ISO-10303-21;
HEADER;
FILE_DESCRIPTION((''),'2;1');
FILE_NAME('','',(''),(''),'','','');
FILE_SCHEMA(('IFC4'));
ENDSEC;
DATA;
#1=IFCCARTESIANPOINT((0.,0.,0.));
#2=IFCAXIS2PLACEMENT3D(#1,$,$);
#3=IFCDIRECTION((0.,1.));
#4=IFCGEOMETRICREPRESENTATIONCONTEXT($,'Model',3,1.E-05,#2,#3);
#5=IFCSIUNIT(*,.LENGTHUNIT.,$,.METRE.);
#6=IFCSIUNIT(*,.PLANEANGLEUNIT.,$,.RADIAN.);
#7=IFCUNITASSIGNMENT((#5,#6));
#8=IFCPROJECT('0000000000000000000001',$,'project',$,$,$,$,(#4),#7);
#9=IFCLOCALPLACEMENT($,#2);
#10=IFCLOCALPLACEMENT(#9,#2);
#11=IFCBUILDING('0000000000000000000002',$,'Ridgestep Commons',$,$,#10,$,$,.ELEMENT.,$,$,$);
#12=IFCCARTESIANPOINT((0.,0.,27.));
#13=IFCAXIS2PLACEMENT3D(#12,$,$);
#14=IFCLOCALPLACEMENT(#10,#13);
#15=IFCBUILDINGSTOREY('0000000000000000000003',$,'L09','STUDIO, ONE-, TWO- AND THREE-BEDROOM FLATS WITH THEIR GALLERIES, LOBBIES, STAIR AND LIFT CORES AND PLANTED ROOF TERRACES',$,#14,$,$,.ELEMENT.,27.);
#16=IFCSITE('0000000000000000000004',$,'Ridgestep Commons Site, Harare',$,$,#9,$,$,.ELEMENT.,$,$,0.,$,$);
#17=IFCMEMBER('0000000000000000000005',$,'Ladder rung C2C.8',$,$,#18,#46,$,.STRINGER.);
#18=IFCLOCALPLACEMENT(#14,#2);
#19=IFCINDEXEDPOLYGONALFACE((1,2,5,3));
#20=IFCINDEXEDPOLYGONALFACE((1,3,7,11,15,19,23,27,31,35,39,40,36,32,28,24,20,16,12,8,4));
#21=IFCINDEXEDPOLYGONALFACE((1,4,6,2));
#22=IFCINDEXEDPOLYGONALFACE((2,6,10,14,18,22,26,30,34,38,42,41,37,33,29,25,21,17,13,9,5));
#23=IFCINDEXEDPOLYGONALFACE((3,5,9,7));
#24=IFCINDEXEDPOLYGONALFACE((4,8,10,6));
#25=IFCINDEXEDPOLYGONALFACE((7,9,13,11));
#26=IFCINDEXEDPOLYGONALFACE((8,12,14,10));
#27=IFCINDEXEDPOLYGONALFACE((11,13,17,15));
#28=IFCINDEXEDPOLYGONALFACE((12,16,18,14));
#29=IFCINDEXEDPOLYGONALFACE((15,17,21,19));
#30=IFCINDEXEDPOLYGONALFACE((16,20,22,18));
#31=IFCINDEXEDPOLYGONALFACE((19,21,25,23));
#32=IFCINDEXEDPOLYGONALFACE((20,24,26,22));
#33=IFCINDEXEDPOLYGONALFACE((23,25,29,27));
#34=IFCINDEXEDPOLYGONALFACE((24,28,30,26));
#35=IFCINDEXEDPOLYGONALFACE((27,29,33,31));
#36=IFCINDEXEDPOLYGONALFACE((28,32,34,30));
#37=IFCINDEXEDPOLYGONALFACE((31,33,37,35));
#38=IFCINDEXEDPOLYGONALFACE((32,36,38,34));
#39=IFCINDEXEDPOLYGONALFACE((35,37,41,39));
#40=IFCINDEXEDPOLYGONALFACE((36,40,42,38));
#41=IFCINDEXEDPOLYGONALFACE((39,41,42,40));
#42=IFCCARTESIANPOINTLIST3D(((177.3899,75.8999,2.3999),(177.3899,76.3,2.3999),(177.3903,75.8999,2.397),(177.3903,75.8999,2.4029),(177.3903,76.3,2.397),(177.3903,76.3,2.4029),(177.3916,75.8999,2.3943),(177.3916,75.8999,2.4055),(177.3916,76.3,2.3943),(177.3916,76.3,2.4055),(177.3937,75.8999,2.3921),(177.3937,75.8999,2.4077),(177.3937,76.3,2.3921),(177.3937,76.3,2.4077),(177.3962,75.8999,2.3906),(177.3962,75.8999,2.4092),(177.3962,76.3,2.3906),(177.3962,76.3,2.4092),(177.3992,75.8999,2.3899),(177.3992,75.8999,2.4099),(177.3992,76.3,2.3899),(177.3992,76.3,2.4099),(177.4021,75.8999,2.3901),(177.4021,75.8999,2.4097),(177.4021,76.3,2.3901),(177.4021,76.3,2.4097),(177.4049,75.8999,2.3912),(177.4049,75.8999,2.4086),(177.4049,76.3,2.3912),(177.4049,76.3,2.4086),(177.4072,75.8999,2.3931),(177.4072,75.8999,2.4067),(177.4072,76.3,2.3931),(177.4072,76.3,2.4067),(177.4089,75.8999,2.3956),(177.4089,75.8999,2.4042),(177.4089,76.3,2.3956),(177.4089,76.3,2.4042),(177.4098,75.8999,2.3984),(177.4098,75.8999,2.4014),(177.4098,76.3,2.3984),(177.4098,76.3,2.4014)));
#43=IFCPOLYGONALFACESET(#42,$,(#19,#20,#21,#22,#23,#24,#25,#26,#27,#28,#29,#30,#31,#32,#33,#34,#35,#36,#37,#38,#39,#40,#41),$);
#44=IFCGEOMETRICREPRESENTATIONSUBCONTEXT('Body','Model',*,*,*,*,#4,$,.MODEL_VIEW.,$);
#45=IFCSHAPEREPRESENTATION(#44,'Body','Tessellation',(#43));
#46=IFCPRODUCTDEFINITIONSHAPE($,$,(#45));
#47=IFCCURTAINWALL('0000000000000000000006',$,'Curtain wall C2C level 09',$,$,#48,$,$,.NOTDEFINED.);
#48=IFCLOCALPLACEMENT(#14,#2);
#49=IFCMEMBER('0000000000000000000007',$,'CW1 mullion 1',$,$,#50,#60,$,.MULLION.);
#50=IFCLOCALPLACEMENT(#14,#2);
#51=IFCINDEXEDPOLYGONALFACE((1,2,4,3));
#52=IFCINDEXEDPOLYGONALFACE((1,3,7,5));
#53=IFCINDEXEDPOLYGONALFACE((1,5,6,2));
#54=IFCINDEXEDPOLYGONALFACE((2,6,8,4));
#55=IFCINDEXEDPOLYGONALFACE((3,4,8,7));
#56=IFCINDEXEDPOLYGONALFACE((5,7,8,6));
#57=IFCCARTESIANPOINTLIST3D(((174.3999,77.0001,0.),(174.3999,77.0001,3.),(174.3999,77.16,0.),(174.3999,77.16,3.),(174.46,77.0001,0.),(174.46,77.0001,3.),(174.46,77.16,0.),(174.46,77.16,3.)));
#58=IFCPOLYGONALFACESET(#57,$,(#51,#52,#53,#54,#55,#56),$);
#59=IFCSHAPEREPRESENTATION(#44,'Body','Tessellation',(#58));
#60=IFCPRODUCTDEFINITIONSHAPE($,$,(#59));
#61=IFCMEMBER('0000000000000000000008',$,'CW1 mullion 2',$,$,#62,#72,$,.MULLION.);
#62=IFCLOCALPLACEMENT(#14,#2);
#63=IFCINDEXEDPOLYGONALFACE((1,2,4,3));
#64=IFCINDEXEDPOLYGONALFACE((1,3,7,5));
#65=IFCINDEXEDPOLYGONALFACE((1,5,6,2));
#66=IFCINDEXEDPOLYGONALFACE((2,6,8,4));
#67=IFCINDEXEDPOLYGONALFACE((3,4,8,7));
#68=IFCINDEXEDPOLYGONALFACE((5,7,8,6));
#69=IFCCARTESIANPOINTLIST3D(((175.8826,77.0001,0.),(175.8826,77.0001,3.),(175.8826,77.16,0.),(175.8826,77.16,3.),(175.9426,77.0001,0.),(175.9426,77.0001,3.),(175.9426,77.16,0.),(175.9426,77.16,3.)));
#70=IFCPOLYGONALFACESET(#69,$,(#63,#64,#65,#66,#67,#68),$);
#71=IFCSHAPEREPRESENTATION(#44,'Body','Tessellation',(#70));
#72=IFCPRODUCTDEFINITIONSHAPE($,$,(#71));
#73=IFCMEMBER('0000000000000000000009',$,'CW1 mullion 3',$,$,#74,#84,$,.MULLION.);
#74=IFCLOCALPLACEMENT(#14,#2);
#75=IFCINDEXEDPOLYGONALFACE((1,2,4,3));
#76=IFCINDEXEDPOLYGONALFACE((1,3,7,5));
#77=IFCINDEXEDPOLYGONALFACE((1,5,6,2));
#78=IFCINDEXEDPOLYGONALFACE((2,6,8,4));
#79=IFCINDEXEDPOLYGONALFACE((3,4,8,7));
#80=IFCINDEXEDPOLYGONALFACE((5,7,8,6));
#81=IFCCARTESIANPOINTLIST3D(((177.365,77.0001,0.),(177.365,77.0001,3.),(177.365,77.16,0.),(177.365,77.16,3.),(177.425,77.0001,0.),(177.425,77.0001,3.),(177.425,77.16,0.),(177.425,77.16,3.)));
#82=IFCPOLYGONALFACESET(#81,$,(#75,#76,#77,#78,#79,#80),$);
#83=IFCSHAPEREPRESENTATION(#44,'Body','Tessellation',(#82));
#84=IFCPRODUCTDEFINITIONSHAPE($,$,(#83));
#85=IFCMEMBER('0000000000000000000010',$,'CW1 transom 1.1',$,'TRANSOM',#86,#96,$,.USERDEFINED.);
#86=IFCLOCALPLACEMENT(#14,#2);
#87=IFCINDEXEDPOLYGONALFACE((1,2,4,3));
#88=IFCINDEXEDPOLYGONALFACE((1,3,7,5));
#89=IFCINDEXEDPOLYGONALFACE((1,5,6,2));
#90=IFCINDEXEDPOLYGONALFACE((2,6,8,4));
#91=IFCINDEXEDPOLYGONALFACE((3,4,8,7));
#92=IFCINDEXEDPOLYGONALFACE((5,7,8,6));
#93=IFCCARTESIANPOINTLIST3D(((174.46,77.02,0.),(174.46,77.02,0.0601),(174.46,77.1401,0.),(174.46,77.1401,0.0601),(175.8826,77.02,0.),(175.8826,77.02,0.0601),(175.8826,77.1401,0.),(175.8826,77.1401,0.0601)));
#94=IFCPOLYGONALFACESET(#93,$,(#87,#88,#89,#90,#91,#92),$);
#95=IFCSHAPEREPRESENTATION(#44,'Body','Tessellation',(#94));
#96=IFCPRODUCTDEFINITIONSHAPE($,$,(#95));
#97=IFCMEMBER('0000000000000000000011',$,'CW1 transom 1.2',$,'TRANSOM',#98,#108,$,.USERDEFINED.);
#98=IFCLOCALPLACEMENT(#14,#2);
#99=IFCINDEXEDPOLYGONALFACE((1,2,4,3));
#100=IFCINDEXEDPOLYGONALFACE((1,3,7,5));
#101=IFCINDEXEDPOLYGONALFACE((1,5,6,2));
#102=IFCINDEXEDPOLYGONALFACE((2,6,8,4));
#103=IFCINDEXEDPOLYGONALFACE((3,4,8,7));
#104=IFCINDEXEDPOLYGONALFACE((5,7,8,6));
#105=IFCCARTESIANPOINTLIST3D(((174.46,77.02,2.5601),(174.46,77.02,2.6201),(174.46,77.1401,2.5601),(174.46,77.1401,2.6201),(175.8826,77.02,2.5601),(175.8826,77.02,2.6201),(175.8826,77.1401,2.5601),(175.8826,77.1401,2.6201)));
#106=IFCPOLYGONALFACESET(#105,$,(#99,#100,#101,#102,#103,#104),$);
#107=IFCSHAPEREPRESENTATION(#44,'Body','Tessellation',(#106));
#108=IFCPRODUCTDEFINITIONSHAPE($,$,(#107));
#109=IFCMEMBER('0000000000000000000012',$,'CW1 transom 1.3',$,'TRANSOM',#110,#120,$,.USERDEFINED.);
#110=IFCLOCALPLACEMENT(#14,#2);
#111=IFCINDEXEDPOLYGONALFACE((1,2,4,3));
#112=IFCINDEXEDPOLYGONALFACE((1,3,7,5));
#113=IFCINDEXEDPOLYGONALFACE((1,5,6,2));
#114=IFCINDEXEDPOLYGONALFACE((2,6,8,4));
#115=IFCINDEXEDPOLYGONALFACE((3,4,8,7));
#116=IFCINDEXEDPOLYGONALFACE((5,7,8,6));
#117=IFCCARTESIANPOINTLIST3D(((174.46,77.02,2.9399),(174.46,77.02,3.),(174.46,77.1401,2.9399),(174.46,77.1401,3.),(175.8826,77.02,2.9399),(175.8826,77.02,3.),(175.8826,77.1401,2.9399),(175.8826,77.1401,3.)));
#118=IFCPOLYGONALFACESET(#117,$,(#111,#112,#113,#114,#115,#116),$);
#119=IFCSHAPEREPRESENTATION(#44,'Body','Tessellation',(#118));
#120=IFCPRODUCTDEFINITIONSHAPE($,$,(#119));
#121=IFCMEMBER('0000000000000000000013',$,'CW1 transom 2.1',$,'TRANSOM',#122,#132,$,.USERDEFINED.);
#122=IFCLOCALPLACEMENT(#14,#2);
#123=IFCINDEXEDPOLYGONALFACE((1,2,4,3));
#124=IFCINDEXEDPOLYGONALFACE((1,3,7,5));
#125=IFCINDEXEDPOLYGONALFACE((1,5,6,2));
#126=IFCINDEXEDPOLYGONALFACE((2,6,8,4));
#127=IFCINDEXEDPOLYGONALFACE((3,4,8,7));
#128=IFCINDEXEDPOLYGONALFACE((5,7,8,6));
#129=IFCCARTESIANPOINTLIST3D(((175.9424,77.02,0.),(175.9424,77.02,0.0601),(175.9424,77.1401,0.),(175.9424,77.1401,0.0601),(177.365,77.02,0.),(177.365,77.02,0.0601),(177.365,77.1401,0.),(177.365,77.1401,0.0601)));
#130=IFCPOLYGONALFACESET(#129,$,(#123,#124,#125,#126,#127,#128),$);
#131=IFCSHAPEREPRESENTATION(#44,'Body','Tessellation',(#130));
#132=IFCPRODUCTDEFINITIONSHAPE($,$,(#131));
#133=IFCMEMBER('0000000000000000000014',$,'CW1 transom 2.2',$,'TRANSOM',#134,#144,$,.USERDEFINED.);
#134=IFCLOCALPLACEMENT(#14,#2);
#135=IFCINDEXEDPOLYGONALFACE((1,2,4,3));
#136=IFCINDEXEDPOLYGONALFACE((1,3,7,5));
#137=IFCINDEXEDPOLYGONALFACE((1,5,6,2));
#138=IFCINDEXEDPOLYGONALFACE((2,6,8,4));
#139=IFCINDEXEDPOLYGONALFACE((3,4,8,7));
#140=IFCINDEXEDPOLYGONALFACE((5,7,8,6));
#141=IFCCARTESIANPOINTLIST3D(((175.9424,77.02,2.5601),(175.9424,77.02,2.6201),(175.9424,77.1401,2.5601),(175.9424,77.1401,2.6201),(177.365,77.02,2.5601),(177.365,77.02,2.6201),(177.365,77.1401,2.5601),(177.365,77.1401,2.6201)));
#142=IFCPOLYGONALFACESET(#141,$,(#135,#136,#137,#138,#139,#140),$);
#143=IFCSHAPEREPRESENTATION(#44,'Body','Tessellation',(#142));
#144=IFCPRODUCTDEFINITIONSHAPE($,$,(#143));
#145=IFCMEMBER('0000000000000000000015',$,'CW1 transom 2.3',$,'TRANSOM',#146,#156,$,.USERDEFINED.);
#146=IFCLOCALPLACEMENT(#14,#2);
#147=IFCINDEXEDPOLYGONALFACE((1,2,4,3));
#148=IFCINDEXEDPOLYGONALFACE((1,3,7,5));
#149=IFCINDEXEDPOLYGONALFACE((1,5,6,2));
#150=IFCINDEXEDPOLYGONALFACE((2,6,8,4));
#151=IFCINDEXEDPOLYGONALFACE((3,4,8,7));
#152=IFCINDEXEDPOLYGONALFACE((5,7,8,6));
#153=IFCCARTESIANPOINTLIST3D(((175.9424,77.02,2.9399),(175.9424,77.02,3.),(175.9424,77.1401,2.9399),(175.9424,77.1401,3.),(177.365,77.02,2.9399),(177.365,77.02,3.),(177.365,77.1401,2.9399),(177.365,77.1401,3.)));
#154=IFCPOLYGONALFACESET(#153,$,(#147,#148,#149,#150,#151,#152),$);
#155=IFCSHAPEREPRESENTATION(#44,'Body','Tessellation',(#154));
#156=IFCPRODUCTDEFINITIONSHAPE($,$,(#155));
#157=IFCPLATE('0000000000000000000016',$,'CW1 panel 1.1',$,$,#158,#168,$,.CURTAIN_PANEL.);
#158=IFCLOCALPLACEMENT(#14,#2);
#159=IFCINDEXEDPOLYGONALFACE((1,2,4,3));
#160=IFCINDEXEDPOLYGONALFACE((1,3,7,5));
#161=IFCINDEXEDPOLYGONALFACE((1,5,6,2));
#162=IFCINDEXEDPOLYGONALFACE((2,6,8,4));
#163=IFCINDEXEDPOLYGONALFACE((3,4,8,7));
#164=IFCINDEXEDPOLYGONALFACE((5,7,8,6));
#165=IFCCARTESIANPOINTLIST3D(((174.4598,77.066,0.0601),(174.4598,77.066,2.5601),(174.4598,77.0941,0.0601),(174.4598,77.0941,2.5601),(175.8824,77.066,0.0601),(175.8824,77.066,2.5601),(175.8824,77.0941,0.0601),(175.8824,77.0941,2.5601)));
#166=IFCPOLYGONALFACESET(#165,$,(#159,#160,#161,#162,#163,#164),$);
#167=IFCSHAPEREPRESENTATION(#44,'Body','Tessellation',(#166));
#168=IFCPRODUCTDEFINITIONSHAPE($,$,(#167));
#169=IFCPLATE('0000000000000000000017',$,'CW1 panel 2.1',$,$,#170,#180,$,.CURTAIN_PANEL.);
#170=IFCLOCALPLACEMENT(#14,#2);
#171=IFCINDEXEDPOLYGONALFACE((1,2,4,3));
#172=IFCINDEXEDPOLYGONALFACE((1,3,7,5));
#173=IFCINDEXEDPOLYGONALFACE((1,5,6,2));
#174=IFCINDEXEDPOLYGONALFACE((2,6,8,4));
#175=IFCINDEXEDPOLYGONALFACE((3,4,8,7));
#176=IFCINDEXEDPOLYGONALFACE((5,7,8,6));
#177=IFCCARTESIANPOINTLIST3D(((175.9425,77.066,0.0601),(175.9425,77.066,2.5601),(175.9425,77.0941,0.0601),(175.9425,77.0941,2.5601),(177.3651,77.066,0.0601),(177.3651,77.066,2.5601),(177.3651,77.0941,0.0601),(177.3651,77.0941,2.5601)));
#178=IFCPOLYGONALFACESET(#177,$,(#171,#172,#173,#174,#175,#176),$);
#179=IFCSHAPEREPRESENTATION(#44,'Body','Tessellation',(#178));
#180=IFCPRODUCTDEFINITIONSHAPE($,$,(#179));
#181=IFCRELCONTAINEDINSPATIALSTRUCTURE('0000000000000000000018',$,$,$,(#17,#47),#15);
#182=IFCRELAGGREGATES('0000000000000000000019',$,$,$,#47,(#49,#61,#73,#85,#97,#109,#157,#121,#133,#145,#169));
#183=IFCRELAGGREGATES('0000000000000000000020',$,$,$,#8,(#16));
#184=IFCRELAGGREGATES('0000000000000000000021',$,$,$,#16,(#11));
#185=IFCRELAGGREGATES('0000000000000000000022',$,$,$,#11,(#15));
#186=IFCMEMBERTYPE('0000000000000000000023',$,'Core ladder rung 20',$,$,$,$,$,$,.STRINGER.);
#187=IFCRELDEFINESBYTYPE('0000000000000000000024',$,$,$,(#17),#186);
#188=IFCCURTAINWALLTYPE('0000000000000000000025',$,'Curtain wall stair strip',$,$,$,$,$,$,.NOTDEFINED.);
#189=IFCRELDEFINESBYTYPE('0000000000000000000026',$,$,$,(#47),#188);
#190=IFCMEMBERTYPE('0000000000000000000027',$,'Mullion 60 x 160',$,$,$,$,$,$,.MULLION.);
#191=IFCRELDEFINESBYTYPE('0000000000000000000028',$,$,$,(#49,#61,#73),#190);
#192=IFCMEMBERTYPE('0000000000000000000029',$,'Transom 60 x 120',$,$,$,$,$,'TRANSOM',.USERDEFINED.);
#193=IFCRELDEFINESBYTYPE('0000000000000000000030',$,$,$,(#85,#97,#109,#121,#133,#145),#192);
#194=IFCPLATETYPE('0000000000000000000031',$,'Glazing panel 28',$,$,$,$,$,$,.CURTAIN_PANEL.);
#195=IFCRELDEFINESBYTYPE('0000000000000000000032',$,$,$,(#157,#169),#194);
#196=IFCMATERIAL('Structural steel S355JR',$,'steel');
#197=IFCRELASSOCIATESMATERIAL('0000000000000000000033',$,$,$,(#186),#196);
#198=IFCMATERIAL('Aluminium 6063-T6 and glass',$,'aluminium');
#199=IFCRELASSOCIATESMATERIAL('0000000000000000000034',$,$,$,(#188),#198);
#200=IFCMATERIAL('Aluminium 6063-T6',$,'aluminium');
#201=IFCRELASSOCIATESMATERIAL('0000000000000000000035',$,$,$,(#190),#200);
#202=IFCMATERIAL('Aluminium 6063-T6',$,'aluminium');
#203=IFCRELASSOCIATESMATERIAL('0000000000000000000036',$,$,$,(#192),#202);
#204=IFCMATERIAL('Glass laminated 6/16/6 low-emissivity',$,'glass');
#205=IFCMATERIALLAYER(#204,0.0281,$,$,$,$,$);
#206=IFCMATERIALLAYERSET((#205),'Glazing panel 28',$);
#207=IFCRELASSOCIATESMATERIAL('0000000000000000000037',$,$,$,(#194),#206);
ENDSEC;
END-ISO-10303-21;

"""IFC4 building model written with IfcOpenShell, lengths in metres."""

from ifc_helpers import new_model, si_unit, direction, frame, origin, origin_2d, place, context, subcontext, project, spatial, rectangle, circle, extrude, material, layer, layer_set, material_profile, profile_set, type_object, element, aggregate, save


model = new_model("IFC4")

# Units and contexts
model_context = context("Model", 3, precision=1e-05, world=origin(), true_north=direction((0.0, 1.0)))
body_context = subcontext(model_context, "Body", "Model", "MODEL_VIEW")
ifc_project = project(units=[si_unit("LENGTHUNIT", "METRE"), si_unit("PLANEANGLEUNIT", "RADIAN")], contexts=[model_context])

# Site, building, storey
site_placement = place(None, origin())
site = spatial("IfcSite", under=ifc_project, at=site_placement, Name="Ridgestep Commons Site, Harare", CompositionType="ELEMENT", RefElevation=0.0)
building_placement = place(site_placement, origin())
building = spatial("IfcBuilding", under=site, at=building_placement, Name="Ridgestep Commons", CompositionType="ELEMENT")
storey_placement = place(building_placement, frame((0.0, 0.0, 27.0)))
storey = spatial("IfcBuildingStorey", under=building, at=storey_placement, Name="L09", Description="STUDIO, ONE-, TWO- AND THREE-BEDROOM FLATS WITH THEIR GALLERIES, LOBBIES, STAIR AND LIFT CORES AND PLANTED ROOF TERRACES", CompositionType="ELEMENT", Elevation=27.0)

# Member
ifc_material_1 = material(Name="Structural steel S355JR", Category="steel")
ifc_material_profile_1 = material_profile(ifc_material_1, circle(Radius=0.01, at=origin_2d()), Name="Round bar 20")
ifc_profile_set_1 = profile_set([ifc_material_profile_1], Name="Structural steel S355JR")
member_type_1 = type_object("IfcMemberType", Name="Core ladder rung 20", PredefinedType="STRINGER", material=ifc_profile_set_1)
for number, where, z_axis, x_axis, name in (
    (1, (177.3999, 75.8999, 2.3999), (0.0, 1.0, 0.0), (-1.0, 0.0, 0.0), "Ladder rung C2C.8"),
):
    element("IfcMember", number, at=place(storey_placement, frame(where, z_axis=z_axis, x_axis=x_axis)), inside=storey, type_object=member_type_1, Name=name, PredefinedType="STRINGER", context=body_context, shape_type="SweptSolid", body=[
        extrude(circle(Radius=0.01, at=origin_2d()), origin(), (0.0, 0.0, 1.0), 0.4001),
    ])

# Curtain wall, members, plates
ifc_material_2 = material(Name="Aluminium 6063-T6 and glass", Category="aluminium")
curtain_wall_type = type_object("IfcCurtainWallType", Name="Curtain wall stair strip", PredefinedType="NOTDEFINED", material=ifc_material_2)
curtain_wall_placement = place(storey_placement, origin())
curtain_wall = element("IfcCurtainWall", 2, at=curtain_wall_placement, inside=storey, type_object=curtain_wall_type, Name="Curtain wall C2C level 09", PredefinedType="NOTDEFINED")
ifc_material_3 = material(Name="Aluminium 6063-T6", Category="aluminium")
ifc_material_profile_2 = material_profile(ifc_material_3, rectangle(XDim=0.1599, YDim=0.0601, at=origin_2d()), Name="Mullion 60 x 160")
ifc_profile_set_2 = profile_set([ifc_material_profile_2], Name="Aluminium 6063-T6")
member_type_2 = type_object("IfcMemberType", Name="Mullion 60 x 160", PredefinedType="MULLION", material=ifc_profile_set_2)
member_1_placement = place(storey_placement, frame((174.4299, 77.0801, 0.0), z_axis=(0.0, 0.0, 1.0), x_axis=(0.0, 1.0, 0.0)))
member_1 = element("IfcMember", 3, at=member_1_placement, type_object=member_type_2, Name="CW1 mullion 1", PredefinedType="MULLION", context=body_context, shape_type="SweptSolid", body=[
    extrude(rectangle(XDim=0.1599, YDim=0.0601, at=origin_2d()), origin(), (0.0, 0.0, 1.0), 3.0),
])
member_2_placement = place(storey_placement, frame((175.9126, 77.0801, 0.0), z_axis=(0.0, 0.0, 1.0), x_axis=(0.0, 1.0, 0.0)))
member_2 = element("IfcMember", 4, at=member_2_placement, type_object=member_type_2, Name="CW1 mullion 2", PredefinedType="MULLION", context=body_context, shape_type="SweptSolid", body=[
    extrude(rectangle(XDim=0.1599, YDim=0.0601, at=origin_2d()), origin(), (0.0, 0.0, 1.0), 3.0),
])
member_3_placement = place(storey_placement, frame((177.395, 77.0801, 0.0), z_axis=(0.0, 0.0, 1.0), x_axis=(0.0, 1.0, 0.0)))
member_3 = element("IfcMember", 5, at=member_3_placement, type_object=member_type_2, Name="CW1 mullion 3", PredefinedType="MULLION", context=body_context, shape_type="SweptSolid", body=[
    extrude(rectangle(XDim=0.1599, YDim=0.0601, at=origin_2d()), origin(), (0.0, 0.0, 1.0), 3.0),
])
ifc_material_4 = material(Name="Aluminium 6063-T6", Category="aluminium")
ifc_material_profile_3 = material_profile(ifc_material_4, rectangle(XDim=0.1201, YDim=0.0601, at=origin_2d()), Name="Transom 60 x 120")
ifc_profile_set_3 = profile_set([ifc_material_profile_3], Name="Aluminium 6063-T6")
member_type_3 = type_object("IfcMemberType", Name="Transom 60 x 120", ElementType="TRANSOM", PredefinedType="USERDEFINED", material=ifc_profile_set_3)
member_4_placement = place(storey_placement, frame((174.46, 77.0801, 0.03), z_axis=(1.0, 0.0, 0.0), x_axis=(0.0, 1.0, 0.0)))
member_4 = element("IfcMember", 6, at=member_4_placement, type_object=member_type_3, Name="CW1 transom 1.1", ObjectType="TRANSOM", PredefinedType="USERDEFINED", context=body_context, shape_type="SweptSolid", body=[
    extrude(rectangle(XDim=0.1201, YDim=0.0601, at=origin_2d()), origin(), (0.0, 0.0, 1.0), 1.4226),
])
member_5_placement = place(storey_placement, frame((174.46, 77.0801, 2.5901), z_axis=(1.0, 0.0, 0.0), x_axis=(0.0, 1.0, 0.0)))
member_5 = element("IfcMember", 7, at=member_5_placement, type_object=member_type_3, Name="CW1 transom 1.2", ObjectType="TRANSOM", PredefinedType="USERDEFINED", context=body_context, shape_type="SweptSolid", body=[
    extrude(rectangle(XDim=0.1201, YDim=0.0601, at=origin_2d()), origin(), (0.0, 0.0, 1.0), 1.4226),
])
member_6_placement = place(storey_placement, frame((174.46, 77.0801, 2.97), z_axis=(1.0, 0.0, 0.0), x_axis=(0.0, 1.0, 0.0)))
member_6 = element("IfcMember", 8, at=member_6_placement, type_object=member_type_3, Name="CW1 transom 1.3", ObjectType="TRANSOM", PredefinedType="USERDEFINED", context=body_context, shape_type="SweptSolid", body=[
    extrude(rectangle(XDim=0.1201, YDim=0.0601, at=origin_2d()), origin(), (0.0, 0.0, 1.0), 1.4226),
])
member_7_placement = place(storey_placement, frame((175.9424, 77.0801, 0.03), z_axis=(1.0, 0.0, 0.0), x_axis=(0.0, 1.0, 0.0)))
member_7 = element("IfcMember", 9, at=member_7_placement, type_object=member_type_3, Name="CW1 transom 2.1", ObjectType="TRANSOM", PredefinedType="USERDEFINED", context=body_context, shape_type="SweptSolid", body=[
    extrude(rectangle(XDim=0.1201, YDim=0.0601, at=origin_2d()), origin(), (0.0, 0.0, 1.0), 1.4226),
])
member_8_placement = place(storey_placement, frame((175.9424, 77.0801, 2.5901), z_axis=(1.0, 0.0, 0.0), x_axis=(0.0, 1.0, 0.0)))
member_8 = element("IfcMember", 10, at=member_8_placement, type_object=member_type_3, Name="CW1 transom 2.2", ObjectType="TRANSOM", PredefinedType="USERDEFINED", context=body_context, shape_type="SweptSolid", body=[
    extrude(rectangle(XDim=0.1201, YDim=0.0601, at=origin_2d()), origin(), (0.0, 0.0, 1.0), 1.4226),
])
member_9_placement = place(storey_placement, frame((175.9424, 77.0801, 2.97), z_axis=(1.0, 0.0, 0.0), x_axis=(0.0, 1.0, 0.0)))
member_9 = element("IfcMember", 11, at=member_9_placement, type_object=member_type_3, Name="CW1 transom 2.3", ObjectType="TRANSOM", PredefinedType="USERDEFINED", context=body_context, shape_type="SweptSolid", body=[
    extrude(rectangle(XDim=0.1201, YDim=0.0601, at=origin_2d()), origin(), (0.0, 0.0, 1.0), 1.4226),
])
ifc_material_5 = material(Name="Glass laminated 6/16/6 low-emissivity", Category="glass")
ifc_layer_1 = layer(ifc_material_5, 0.0281)
ifc_layer_set_1 = layer_set([ifc_layer_1], Name="Glazing panel 28")
plate_type_1 = type_object("IfcPlateType", Name="Glazing panel 28", PredefinedType="CURTAIN_PANEL", material=ifc_layer_set_1)
plate_1_placement = place(storey_placement, frame((175.1711, 77.0801, 0.0601), z_axis=(0.0, 0.0, 1.0), x_axis=(1.0, 0.0, 0.0)))
plate_1 = element("IfcPlate", 12, at=plate_1_placement, type_object=plate_type_1, Name="CW1 panel 1.1", PredefinedType="CURTAIN_PANEL", context=body_context, shape_type="SweptSolid", body=[
    extrude(rectangle(XDim=1.4226, YDim=0.0281, at=origin_2d()), origin(), (0.0, 0.0, 1.0), 2.5),
])
plate_2_placement = place(storey_placement, frame((176.6538, 77.0801, 0.0601), z_axis=(0.0, 0.0, 1.0), x_axis=(1.0, 0.0, 0.0)))
plate_2 = element("IfcPlate", 13, at=plate_2_placement, type_object=plate_type_1, Name="CW1 panel 2.1", PredefinedType="CURTAIN_PANEL", context=body_context, shape_type="SweptSolid", body=[
    extrude(rectangle(XDim=1.4226, YDim=0.0281, at=origin_2d()), origin(), (0.0, 0.0, 1.0), 2.5),
])
aggregate(curtain_wall, [member_1, member_2, member_3, member_4, member_5, member_6, plate_1, member_7, member_8, member_9, plate_2])

save(model, "model.ifc")
